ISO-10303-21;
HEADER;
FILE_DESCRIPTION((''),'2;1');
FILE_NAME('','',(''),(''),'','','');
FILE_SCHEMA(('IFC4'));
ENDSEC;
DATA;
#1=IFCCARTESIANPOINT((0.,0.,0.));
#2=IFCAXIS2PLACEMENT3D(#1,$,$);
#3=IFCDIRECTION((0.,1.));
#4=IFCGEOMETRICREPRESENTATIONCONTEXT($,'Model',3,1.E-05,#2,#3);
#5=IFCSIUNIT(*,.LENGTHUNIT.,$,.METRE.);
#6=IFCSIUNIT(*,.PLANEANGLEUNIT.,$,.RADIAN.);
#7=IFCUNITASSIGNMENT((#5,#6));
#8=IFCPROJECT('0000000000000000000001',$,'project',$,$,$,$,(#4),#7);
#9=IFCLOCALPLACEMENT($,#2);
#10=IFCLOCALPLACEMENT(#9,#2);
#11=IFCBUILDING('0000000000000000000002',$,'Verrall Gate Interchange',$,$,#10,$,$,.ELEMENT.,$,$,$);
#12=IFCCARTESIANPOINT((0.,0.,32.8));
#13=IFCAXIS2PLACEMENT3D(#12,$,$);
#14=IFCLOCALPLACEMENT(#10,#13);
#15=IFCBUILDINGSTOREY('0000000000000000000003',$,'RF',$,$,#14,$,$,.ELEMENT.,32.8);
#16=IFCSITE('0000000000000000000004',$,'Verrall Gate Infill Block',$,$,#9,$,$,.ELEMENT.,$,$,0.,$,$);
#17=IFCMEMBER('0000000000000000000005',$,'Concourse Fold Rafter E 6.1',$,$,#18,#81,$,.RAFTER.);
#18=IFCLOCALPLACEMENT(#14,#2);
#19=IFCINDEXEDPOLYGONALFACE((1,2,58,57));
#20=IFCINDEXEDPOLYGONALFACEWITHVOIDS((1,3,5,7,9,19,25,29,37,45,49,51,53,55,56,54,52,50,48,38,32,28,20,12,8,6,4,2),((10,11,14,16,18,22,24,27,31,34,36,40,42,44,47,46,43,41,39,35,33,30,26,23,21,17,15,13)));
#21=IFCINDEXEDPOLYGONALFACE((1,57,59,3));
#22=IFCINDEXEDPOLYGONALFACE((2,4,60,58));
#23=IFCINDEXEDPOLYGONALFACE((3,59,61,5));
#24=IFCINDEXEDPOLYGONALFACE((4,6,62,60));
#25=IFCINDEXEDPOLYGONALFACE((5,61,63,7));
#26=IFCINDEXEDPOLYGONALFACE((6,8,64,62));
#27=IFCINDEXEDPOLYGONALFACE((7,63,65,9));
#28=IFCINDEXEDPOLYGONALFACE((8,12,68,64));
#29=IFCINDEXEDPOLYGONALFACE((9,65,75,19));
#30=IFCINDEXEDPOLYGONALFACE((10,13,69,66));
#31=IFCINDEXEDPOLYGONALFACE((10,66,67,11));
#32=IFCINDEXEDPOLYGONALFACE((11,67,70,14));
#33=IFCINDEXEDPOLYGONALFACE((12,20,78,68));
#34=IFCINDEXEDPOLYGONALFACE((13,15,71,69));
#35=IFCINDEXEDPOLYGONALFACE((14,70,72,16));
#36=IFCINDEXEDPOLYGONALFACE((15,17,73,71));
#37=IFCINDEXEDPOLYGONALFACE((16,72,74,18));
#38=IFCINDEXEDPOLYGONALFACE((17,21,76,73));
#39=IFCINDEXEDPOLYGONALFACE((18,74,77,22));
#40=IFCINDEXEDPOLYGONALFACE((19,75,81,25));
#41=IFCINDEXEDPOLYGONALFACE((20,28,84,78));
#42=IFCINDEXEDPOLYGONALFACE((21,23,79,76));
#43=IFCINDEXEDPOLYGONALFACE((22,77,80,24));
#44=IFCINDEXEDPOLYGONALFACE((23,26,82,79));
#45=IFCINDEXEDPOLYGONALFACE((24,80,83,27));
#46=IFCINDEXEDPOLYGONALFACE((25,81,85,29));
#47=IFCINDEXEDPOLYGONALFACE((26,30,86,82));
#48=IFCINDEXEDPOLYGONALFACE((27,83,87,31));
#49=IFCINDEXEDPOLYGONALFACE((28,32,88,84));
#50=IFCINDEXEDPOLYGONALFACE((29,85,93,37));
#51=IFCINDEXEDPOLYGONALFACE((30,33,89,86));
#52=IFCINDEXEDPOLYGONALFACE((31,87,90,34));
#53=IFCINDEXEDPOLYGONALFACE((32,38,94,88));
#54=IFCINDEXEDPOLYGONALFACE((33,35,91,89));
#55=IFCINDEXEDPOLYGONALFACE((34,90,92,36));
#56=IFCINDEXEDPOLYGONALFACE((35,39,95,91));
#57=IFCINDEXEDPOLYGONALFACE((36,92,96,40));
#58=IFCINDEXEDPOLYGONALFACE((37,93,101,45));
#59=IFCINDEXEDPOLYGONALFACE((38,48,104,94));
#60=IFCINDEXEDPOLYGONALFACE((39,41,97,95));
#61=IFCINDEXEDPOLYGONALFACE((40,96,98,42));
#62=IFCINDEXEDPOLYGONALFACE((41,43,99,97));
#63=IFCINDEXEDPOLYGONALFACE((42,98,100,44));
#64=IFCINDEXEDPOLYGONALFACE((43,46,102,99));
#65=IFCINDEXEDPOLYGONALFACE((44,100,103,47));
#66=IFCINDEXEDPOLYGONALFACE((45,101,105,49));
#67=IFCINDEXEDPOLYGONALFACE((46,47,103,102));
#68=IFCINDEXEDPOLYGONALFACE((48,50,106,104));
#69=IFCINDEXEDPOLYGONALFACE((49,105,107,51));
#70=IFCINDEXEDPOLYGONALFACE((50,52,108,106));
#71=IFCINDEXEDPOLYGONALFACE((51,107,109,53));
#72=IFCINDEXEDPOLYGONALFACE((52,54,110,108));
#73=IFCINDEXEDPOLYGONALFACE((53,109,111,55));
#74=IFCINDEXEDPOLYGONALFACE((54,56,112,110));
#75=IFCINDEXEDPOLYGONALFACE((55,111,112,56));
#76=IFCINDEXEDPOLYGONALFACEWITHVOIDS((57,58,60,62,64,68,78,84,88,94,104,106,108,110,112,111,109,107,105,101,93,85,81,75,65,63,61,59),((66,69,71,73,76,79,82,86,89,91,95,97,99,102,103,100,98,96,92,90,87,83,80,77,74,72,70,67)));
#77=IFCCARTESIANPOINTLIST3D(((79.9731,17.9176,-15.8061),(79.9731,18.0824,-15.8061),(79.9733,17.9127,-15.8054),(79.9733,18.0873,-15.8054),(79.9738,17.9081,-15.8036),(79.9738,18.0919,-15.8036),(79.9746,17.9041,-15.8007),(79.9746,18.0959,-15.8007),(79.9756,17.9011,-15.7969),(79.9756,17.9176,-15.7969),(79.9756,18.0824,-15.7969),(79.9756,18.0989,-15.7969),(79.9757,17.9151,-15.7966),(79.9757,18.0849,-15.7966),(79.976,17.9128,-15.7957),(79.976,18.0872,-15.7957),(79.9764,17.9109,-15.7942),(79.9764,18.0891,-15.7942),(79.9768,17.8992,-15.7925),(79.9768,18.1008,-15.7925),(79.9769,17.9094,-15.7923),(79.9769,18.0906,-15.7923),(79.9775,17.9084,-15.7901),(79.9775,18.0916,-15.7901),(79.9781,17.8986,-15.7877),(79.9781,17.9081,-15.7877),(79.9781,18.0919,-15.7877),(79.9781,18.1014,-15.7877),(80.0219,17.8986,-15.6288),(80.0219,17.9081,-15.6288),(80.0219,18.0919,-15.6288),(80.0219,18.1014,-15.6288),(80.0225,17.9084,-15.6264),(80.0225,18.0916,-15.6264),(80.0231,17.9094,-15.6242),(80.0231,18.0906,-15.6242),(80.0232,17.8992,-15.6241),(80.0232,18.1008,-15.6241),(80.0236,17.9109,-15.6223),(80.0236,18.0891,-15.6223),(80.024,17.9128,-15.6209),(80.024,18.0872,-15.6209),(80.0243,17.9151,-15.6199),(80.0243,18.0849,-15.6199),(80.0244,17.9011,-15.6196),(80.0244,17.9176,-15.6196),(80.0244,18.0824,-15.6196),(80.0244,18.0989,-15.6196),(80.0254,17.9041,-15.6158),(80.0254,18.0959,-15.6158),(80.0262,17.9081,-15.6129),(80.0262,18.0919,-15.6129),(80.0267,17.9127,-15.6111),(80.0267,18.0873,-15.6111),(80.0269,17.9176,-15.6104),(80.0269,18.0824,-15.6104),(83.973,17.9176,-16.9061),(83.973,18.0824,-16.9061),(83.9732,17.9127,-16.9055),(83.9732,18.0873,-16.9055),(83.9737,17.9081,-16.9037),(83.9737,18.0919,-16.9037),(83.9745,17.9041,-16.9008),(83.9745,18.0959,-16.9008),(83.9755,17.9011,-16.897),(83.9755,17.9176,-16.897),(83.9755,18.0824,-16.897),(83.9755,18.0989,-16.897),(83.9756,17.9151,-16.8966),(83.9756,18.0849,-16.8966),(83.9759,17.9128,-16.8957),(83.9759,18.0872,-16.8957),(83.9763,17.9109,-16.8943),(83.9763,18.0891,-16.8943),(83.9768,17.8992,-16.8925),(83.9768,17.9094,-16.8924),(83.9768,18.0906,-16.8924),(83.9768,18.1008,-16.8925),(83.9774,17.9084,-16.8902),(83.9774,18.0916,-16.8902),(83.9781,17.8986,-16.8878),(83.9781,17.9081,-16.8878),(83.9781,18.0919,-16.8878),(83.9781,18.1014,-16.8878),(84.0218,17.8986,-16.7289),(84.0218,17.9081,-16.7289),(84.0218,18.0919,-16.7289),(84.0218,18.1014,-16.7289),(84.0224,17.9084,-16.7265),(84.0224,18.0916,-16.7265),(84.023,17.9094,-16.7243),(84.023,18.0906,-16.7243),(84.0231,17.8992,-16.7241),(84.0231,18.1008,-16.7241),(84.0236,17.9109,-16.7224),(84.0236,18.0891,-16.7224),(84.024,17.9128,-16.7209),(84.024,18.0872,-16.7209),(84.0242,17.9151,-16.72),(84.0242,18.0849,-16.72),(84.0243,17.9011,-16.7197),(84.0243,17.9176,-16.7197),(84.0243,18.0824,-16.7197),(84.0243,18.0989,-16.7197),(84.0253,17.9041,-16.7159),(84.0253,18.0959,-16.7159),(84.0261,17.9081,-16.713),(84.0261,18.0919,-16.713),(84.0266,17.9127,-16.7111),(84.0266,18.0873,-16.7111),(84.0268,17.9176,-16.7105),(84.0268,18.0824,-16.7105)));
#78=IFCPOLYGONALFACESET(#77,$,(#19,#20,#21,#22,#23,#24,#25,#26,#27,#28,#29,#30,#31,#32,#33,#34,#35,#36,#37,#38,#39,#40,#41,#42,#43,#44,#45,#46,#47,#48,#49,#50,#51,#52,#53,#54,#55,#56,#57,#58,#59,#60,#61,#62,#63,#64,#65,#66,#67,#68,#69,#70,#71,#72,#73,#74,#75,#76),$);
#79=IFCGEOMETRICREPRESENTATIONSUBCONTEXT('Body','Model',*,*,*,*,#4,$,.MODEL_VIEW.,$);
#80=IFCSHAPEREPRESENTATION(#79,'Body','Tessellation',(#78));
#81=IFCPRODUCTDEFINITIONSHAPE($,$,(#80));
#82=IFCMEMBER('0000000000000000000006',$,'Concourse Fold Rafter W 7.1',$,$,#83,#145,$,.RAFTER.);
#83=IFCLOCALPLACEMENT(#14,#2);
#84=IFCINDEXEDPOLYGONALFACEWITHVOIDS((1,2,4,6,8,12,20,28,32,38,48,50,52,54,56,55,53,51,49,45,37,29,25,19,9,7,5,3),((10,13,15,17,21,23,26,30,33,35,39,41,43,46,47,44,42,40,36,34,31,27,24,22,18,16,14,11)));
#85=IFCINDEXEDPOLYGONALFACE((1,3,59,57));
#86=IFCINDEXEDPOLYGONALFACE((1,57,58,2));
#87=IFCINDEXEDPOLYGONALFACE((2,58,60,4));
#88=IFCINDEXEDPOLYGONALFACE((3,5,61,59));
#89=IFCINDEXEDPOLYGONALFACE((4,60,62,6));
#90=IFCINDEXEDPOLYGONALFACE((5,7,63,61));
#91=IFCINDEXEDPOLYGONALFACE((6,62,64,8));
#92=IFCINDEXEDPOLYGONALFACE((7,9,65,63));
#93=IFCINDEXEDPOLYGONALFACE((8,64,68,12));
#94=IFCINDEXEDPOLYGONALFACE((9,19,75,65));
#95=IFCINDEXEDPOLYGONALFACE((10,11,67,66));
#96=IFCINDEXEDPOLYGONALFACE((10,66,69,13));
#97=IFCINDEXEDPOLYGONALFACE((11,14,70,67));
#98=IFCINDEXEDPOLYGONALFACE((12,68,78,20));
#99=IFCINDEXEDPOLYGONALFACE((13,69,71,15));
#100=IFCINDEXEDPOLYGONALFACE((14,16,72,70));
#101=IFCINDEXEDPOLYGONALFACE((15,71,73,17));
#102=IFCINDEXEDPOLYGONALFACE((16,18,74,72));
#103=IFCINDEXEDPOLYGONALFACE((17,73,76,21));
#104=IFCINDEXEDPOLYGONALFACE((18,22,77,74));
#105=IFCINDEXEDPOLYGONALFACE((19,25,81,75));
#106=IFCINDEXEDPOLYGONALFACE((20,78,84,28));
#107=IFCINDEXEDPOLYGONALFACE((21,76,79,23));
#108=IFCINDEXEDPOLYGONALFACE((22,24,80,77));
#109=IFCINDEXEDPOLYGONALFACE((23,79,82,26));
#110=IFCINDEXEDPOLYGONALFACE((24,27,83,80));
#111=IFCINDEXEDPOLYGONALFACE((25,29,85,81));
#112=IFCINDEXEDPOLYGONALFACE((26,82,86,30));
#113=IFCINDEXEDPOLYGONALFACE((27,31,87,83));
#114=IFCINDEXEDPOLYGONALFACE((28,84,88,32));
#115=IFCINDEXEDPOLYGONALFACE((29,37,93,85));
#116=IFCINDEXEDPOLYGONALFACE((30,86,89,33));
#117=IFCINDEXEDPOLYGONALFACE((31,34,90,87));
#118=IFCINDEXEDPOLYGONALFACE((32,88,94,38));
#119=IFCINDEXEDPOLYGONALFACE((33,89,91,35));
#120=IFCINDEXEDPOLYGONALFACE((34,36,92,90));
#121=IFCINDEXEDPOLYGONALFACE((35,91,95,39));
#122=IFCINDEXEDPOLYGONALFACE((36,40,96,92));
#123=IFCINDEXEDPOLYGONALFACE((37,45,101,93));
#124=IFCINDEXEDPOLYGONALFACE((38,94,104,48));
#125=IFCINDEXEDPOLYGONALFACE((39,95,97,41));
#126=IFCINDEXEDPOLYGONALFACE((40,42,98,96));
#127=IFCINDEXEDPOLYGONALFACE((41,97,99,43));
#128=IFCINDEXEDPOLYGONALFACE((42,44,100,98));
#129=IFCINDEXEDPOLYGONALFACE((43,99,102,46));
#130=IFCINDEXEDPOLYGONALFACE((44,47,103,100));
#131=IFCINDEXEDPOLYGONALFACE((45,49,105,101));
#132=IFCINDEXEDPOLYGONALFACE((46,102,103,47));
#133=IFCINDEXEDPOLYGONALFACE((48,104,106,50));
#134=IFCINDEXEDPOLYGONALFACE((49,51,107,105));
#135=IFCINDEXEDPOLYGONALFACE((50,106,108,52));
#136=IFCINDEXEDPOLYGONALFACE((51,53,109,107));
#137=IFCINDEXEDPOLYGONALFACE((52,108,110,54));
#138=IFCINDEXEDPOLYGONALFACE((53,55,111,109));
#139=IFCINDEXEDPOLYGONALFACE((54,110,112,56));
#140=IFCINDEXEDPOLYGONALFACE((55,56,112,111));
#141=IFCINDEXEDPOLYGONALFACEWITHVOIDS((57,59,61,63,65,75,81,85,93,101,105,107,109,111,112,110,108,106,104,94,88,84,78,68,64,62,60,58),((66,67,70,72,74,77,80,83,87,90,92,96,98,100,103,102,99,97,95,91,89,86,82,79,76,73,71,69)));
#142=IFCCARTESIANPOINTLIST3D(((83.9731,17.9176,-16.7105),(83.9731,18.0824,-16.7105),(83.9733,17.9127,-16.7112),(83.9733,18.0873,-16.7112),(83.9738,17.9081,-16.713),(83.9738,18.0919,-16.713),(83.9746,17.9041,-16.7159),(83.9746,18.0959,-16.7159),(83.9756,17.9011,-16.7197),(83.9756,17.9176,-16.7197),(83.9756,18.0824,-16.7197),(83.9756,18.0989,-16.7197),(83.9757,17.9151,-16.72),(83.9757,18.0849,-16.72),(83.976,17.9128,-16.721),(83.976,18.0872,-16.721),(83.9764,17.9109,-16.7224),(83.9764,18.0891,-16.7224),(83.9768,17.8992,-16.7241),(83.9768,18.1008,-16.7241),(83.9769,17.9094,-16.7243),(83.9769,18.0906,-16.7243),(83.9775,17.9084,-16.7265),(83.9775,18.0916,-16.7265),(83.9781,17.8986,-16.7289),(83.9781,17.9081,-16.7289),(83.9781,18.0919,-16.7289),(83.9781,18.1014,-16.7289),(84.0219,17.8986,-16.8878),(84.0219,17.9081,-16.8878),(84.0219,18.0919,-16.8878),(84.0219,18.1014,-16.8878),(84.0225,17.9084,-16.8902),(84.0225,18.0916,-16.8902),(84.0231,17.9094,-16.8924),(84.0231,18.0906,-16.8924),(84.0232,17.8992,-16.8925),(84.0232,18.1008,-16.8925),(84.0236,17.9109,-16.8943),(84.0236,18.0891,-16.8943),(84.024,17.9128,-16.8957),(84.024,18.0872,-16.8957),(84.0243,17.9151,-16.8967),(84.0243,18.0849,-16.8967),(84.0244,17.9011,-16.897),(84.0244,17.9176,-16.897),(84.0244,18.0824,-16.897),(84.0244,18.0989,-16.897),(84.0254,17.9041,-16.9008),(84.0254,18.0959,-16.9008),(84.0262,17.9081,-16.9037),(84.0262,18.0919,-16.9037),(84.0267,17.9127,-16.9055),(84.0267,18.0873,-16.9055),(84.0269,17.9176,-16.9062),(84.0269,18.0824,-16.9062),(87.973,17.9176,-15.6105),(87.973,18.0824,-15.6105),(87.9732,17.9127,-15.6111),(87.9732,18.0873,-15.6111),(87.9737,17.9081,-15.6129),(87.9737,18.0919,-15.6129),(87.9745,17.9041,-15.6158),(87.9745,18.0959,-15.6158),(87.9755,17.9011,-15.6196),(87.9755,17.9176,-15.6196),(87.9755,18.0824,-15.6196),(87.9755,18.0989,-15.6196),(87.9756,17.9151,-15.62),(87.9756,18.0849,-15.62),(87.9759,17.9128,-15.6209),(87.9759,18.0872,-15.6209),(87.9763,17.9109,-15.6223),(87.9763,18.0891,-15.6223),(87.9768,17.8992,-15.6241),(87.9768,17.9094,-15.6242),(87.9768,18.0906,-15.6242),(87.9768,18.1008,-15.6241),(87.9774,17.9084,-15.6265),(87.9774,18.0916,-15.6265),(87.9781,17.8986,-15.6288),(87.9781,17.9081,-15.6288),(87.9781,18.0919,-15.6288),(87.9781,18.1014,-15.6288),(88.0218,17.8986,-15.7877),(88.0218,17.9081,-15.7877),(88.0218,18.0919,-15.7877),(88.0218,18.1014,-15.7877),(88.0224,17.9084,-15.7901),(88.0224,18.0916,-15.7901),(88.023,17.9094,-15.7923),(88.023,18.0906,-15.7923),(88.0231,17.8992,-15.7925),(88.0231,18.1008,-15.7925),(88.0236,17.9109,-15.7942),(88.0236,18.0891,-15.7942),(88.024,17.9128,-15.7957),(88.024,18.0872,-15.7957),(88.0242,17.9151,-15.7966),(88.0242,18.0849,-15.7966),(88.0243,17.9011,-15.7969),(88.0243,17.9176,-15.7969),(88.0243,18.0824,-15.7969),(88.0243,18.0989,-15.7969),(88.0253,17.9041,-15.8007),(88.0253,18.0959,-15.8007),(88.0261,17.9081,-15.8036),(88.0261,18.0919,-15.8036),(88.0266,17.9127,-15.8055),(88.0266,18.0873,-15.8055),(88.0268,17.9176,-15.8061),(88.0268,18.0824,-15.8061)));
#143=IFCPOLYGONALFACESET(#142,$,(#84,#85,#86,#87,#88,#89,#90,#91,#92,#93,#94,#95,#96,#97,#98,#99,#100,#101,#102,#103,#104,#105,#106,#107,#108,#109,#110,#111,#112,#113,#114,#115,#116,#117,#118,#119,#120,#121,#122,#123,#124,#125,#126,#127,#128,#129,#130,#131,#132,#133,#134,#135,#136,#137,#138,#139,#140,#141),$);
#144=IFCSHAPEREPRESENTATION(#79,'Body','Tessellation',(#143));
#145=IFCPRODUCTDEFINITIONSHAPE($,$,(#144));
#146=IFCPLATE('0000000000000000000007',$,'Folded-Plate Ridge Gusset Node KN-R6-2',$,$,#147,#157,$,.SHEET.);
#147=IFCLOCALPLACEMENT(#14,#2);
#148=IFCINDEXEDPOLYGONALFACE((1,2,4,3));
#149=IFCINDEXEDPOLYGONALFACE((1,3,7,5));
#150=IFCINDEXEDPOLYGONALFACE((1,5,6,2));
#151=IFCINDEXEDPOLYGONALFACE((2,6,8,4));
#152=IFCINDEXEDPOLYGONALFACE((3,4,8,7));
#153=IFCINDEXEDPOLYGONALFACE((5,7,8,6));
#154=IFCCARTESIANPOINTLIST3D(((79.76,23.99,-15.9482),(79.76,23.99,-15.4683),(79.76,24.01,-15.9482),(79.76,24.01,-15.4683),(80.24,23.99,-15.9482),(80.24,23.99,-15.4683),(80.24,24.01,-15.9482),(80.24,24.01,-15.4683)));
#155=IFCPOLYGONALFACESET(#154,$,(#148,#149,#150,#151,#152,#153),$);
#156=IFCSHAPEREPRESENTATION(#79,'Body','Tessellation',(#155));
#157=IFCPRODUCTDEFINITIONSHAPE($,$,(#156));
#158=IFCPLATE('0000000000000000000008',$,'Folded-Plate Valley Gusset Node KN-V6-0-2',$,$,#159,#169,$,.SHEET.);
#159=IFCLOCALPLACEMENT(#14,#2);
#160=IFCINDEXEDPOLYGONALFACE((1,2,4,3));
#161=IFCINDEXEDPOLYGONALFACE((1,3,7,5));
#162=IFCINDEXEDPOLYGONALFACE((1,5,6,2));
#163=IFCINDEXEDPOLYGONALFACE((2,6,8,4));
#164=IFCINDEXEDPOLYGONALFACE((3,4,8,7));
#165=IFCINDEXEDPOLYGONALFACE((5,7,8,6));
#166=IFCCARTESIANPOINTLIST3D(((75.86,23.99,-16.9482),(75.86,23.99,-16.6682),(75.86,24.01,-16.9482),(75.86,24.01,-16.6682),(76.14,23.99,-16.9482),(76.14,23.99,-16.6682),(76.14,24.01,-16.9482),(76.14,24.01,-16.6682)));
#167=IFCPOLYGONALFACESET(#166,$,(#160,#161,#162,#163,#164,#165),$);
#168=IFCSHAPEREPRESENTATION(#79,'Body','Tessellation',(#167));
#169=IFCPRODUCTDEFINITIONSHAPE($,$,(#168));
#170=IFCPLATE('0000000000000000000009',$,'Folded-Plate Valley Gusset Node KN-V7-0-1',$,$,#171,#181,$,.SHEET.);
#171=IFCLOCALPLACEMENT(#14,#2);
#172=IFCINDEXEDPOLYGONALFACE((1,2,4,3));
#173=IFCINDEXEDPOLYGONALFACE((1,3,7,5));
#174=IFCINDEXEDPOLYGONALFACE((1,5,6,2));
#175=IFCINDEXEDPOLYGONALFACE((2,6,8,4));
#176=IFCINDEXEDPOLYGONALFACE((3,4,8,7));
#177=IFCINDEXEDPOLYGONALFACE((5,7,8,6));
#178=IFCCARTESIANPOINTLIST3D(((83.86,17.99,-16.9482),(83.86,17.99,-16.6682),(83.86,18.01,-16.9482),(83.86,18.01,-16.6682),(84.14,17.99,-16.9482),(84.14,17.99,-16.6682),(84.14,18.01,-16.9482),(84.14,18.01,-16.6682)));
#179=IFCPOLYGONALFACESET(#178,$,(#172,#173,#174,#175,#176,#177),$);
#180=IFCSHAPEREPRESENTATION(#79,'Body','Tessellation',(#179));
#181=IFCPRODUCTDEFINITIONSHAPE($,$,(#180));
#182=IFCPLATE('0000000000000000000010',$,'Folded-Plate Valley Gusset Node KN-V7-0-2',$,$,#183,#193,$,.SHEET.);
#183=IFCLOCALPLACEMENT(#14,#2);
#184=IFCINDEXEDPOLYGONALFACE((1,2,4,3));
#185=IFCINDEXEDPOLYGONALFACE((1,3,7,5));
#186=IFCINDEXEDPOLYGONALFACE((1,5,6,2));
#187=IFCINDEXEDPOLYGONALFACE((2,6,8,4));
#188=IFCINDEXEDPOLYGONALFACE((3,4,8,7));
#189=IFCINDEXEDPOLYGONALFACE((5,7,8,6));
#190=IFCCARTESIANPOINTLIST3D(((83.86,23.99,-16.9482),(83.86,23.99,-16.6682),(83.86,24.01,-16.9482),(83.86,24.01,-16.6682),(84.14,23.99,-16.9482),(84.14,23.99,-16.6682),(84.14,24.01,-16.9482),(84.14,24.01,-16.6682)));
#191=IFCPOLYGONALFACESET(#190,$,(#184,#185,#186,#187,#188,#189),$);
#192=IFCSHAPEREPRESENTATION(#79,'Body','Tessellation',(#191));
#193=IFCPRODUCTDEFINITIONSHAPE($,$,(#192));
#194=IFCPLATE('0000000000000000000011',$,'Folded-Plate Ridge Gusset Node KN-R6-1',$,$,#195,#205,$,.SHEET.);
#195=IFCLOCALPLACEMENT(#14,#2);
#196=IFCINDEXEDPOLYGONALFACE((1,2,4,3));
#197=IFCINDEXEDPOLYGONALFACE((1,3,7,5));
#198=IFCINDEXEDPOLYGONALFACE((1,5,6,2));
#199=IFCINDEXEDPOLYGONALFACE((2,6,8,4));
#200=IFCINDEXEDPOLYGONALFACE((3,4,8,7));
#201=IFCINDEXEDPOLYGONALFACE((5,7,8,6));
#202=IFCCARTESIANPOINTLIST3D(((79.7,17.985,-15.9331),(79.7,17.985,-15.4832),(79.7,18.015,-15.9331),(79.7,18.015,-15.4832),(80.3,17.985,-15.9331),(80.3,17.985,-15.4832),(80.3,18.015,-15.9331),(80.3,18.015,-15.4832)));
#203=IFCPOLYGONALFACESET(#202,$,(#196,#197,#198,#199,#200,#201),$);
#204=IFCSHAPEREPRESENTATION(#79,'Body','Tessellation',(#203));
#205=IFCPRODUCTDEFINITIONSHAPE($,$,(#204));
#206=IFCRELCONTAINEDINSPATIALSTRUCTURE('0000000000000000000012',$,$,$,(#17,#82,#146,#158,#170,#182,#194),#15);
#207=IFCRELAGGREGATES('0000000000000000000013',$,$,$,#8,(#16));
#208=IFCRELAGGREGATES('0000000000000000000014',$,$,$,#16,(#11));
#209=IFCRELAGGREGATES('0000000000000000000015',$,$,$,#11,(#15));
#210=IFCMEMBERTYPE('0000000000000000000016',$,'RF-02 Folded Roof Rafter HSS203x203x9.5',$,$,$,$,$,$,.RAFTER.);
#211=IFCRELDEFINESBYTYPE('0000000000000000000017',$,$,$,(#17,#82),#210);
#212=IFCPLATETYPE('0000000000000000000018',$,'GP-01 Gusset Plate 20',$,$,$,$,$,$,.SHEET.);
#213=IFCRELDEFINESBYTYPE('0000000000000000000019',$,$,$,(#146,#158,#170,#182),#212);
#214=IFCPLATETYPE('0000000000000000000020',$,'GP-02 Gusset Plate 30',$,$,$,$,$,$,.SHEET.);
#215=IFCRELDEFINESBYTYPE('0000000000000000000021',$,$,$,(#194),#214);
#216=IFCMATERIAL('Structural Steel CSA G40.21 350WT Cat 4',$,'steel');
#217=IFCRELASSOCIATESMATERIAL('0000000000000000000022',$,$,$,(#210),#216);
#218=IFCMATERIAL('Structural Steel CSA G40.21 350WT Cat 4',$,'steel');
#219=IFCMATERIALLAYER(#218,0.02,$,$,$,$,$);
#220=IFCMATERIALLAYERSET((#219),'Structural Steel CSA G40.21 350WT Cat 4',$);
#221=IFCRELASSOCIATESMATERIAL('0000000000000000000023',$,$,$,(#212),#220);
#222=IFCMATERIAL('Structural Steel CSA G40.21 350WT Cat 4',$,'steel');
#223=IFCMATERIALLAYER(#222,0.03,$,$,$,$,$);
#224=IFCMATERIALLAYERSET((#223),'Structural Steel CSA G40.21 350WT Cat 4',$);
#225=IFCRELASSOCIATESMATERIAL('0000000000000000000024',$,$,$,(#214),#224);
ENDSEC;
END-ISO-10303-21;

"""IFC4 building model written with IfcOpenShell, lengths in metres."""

from ifc_helpers import new_model, si_unit, direction, frame, origin, origin_2d, place, context, subcontext, project, spatial, rectangle, hollow_rectangle, extrude, material, layer, layer_set, material_profile, profile_set, type_object, element, save


model = new_model("IFC4")

# Units and contexts
model_context = context("Model", 3, precision=1e-05, world=origin(), true_north=direction((0.0, 1.0)))
body_context = subcontext(model_context, "Body", "Model", "MODEL_VIEW")
ifc_project = project(units=[si_unit("LENGTHUNIT", "METRE"), si_unit("PLANEANGLEUNIT", "RADIAN")], contexts=[model_context])

# Site, building, storey
site_placement = place(None, origin())
site = spatial("IfcSite", under=ifc_project, at=site_placement, Name="Verrall Gate Infill Block", CompositionType="ELEMENT", RefElevation=0.0)
building_placement = place(site_placement, origin())
building = spatial("IfcBuilding", under=site, at=building_placement, Name="Verrall Gate Interchange", CompositionType="ELEMENT")
storey_placement = place(building_placement, frame((0.0, 0.0, 32.8)))
storey = spatial("IfcBuildingStorey", under=building, at=storey_placement, Name="RF", CompositionType="ELEMENT", Elevation=32.8)

# Members
ifc_material_1 = material(Name="Structural Steel CSA G40.21 350WT Cat 4", Category="steel")
ifc_material_profile_1 = material_profile(ifc_material_1, hollow_rectangle(XDim=0.2029, YDim=0.2029, WallThickness=0.0095, InnerFilletRadius=0.0095, OuterFilletRadius=0.019, at=origin_2d()), Name="HSS203x203x9.5")
ifc_profile_set_1 = profile_set([ifc_material_profile_1], Name="Structural Steel CSA G40.21 350WT Cat 4")
member_type_1 = type_object("IfcMemberType", Name="RF-02 Folded Roof Rafter HSS203x203x9.5", PredefinedType="RAFTER", material=ifc_profile_set_1)
for number, where, z_axis, x_axis, name in (
    (1, (80.0, 18.0, -15.7083), (0.964199, 0.0, -0.265178), (0.0, 1.0, 0.0), "Concourse Fold Rafter E 6.1"),
    (2, (84.0, 18.0, -16.8083), (0.964199, 0.0, 0.265178), (0.0, 1.0, 0.0), "Concourse Fold Rafter W 7.1"),
):
    element("IfcMember", number, at=place(storey_placement, frame(where, z_axis=z_axis, x_axis=x_axis)), inside=storey, type_object=member_type_1, Name=name, PredefinedType="RAFTER", context=body_context, shape_type="SweptSolid", body=[
        extrude(hollow_rectangle(XDim=0.2029, YDim=0.2029, WallThickness=0.0095, InnerFilletRadius=0.0095, OuterFilletRadius=0.019, at=origin_2d()), origin(), (0.0, 0.0, 1.0), 4.1484),
    ])

# Plates
ifc_material_2 = material(Name="Structural Steel CSA G40.21 350WT Cat 4", Category="steel")
ifc_layer_1 = layer(ifc_material_2, 0.02)
ifc_layer_set_1 = layer_set([ifc_layer_1], Name="Structural Steel CSA G40.21 350WT Cat 4")
plate_type_1 = type_object("IfcPlateType", Name="GP-01 Gusset Plate 20", PredefinedType="SHEET", material=ifc_layer_set_1)
plate_1_placement = place(storey_placement, frame((80.0, 24.0, -15.9482), z_axis=(0.0, 0.0, 1.0), x_axis=(1.0, 0.0, 0.0)))
element("IfcPlate", 3, at=plate_1_placement, inside=storey, type_object=plate_type_1, Name="Folded-Plate Ridge Gusset Node KN-R6-2", PredefinedType="SHEET", context=body_context, shape_type="SweptSolid", body=[
    extrude(rectangle(XDim=0.48, YDim=0.02, at=origin_2d()), origin(), (0.0, 0.0, 1.0), 0.48),
])
for number, where, z_axis, x_axis, name in (
    (4, (76.0, 24.0, -16.9482), (0.0, 0.0, 1.0), (1.0, 0.0, 0.0), "Folded-Plate Valley Gusset Node KN-V6-0-2"),
    (5, (84.0, 18.0, -16.9482), (0.0, 0.0, 1.0), (1.0, 0.0, 0.0), "Folded-Plate Valley Gusset Node KN-V7-0-1"),
    (6, (84.0, 24.0, -16.9482), (0.0, 0.0, 1.0), (1.0, 0.0, 0.0), "Folded-Plate Valley Gusset Node KN-V7-0-2"),
):
    element("IfcPlate", number, at=place(storey_placement, frame(where, z_axis=z_axis, x_axis=x_axis)), inside=storey, type_object=plate_type_1, Name=name, PredefinedType="SHEET", context=body_context, shape_type="SweptSolid", body=[
        extrude(rectangle(XDim=0.28, YDim=0.02, at=origin_2d()), origin(), (0.0, 0.0, 1.0), 0.28),
    ])
ifc_material_3 = material(Name="Structural Steel CSA G40.21 350WT Cat 4", Category="steel")
ifc_layer_2 = layer(ifc_material_3, 0.03)
ifc_layer_set_2 = layer_set([ifc_layer_2], Name="Structural Steel CSA G40.21 350WT Cat 4")
plate_type_2 = type_object("IfcPlateType", Name="GP-02 Gusset Plate 30", PredefinedType="SHEET", material=ifc_layer_set_2)
plate_2_placement = place(storey_placement, frame((80.0, 18.0, -15.9331), z_axis=(0.0, 0.0, 1.0), x_axis=(1.0, 0.0, 0.0)))
element("IfcPlate", 7, at=plate_2_placement, inside=storey, type_object=plate_type_2, Name="Folded-Plate Ridge Gusset Node KN-R6-1", PredefinedType="SHEET", context=body_context, shape_type="SweptSolid", body=[
    extrude(rectangle(XDim=0.6001, YDim=0.03, at=origin_2d()), origin(), (0.0, 0.0, 1.0), 0.45),
])

save(model, "model.ifc")
